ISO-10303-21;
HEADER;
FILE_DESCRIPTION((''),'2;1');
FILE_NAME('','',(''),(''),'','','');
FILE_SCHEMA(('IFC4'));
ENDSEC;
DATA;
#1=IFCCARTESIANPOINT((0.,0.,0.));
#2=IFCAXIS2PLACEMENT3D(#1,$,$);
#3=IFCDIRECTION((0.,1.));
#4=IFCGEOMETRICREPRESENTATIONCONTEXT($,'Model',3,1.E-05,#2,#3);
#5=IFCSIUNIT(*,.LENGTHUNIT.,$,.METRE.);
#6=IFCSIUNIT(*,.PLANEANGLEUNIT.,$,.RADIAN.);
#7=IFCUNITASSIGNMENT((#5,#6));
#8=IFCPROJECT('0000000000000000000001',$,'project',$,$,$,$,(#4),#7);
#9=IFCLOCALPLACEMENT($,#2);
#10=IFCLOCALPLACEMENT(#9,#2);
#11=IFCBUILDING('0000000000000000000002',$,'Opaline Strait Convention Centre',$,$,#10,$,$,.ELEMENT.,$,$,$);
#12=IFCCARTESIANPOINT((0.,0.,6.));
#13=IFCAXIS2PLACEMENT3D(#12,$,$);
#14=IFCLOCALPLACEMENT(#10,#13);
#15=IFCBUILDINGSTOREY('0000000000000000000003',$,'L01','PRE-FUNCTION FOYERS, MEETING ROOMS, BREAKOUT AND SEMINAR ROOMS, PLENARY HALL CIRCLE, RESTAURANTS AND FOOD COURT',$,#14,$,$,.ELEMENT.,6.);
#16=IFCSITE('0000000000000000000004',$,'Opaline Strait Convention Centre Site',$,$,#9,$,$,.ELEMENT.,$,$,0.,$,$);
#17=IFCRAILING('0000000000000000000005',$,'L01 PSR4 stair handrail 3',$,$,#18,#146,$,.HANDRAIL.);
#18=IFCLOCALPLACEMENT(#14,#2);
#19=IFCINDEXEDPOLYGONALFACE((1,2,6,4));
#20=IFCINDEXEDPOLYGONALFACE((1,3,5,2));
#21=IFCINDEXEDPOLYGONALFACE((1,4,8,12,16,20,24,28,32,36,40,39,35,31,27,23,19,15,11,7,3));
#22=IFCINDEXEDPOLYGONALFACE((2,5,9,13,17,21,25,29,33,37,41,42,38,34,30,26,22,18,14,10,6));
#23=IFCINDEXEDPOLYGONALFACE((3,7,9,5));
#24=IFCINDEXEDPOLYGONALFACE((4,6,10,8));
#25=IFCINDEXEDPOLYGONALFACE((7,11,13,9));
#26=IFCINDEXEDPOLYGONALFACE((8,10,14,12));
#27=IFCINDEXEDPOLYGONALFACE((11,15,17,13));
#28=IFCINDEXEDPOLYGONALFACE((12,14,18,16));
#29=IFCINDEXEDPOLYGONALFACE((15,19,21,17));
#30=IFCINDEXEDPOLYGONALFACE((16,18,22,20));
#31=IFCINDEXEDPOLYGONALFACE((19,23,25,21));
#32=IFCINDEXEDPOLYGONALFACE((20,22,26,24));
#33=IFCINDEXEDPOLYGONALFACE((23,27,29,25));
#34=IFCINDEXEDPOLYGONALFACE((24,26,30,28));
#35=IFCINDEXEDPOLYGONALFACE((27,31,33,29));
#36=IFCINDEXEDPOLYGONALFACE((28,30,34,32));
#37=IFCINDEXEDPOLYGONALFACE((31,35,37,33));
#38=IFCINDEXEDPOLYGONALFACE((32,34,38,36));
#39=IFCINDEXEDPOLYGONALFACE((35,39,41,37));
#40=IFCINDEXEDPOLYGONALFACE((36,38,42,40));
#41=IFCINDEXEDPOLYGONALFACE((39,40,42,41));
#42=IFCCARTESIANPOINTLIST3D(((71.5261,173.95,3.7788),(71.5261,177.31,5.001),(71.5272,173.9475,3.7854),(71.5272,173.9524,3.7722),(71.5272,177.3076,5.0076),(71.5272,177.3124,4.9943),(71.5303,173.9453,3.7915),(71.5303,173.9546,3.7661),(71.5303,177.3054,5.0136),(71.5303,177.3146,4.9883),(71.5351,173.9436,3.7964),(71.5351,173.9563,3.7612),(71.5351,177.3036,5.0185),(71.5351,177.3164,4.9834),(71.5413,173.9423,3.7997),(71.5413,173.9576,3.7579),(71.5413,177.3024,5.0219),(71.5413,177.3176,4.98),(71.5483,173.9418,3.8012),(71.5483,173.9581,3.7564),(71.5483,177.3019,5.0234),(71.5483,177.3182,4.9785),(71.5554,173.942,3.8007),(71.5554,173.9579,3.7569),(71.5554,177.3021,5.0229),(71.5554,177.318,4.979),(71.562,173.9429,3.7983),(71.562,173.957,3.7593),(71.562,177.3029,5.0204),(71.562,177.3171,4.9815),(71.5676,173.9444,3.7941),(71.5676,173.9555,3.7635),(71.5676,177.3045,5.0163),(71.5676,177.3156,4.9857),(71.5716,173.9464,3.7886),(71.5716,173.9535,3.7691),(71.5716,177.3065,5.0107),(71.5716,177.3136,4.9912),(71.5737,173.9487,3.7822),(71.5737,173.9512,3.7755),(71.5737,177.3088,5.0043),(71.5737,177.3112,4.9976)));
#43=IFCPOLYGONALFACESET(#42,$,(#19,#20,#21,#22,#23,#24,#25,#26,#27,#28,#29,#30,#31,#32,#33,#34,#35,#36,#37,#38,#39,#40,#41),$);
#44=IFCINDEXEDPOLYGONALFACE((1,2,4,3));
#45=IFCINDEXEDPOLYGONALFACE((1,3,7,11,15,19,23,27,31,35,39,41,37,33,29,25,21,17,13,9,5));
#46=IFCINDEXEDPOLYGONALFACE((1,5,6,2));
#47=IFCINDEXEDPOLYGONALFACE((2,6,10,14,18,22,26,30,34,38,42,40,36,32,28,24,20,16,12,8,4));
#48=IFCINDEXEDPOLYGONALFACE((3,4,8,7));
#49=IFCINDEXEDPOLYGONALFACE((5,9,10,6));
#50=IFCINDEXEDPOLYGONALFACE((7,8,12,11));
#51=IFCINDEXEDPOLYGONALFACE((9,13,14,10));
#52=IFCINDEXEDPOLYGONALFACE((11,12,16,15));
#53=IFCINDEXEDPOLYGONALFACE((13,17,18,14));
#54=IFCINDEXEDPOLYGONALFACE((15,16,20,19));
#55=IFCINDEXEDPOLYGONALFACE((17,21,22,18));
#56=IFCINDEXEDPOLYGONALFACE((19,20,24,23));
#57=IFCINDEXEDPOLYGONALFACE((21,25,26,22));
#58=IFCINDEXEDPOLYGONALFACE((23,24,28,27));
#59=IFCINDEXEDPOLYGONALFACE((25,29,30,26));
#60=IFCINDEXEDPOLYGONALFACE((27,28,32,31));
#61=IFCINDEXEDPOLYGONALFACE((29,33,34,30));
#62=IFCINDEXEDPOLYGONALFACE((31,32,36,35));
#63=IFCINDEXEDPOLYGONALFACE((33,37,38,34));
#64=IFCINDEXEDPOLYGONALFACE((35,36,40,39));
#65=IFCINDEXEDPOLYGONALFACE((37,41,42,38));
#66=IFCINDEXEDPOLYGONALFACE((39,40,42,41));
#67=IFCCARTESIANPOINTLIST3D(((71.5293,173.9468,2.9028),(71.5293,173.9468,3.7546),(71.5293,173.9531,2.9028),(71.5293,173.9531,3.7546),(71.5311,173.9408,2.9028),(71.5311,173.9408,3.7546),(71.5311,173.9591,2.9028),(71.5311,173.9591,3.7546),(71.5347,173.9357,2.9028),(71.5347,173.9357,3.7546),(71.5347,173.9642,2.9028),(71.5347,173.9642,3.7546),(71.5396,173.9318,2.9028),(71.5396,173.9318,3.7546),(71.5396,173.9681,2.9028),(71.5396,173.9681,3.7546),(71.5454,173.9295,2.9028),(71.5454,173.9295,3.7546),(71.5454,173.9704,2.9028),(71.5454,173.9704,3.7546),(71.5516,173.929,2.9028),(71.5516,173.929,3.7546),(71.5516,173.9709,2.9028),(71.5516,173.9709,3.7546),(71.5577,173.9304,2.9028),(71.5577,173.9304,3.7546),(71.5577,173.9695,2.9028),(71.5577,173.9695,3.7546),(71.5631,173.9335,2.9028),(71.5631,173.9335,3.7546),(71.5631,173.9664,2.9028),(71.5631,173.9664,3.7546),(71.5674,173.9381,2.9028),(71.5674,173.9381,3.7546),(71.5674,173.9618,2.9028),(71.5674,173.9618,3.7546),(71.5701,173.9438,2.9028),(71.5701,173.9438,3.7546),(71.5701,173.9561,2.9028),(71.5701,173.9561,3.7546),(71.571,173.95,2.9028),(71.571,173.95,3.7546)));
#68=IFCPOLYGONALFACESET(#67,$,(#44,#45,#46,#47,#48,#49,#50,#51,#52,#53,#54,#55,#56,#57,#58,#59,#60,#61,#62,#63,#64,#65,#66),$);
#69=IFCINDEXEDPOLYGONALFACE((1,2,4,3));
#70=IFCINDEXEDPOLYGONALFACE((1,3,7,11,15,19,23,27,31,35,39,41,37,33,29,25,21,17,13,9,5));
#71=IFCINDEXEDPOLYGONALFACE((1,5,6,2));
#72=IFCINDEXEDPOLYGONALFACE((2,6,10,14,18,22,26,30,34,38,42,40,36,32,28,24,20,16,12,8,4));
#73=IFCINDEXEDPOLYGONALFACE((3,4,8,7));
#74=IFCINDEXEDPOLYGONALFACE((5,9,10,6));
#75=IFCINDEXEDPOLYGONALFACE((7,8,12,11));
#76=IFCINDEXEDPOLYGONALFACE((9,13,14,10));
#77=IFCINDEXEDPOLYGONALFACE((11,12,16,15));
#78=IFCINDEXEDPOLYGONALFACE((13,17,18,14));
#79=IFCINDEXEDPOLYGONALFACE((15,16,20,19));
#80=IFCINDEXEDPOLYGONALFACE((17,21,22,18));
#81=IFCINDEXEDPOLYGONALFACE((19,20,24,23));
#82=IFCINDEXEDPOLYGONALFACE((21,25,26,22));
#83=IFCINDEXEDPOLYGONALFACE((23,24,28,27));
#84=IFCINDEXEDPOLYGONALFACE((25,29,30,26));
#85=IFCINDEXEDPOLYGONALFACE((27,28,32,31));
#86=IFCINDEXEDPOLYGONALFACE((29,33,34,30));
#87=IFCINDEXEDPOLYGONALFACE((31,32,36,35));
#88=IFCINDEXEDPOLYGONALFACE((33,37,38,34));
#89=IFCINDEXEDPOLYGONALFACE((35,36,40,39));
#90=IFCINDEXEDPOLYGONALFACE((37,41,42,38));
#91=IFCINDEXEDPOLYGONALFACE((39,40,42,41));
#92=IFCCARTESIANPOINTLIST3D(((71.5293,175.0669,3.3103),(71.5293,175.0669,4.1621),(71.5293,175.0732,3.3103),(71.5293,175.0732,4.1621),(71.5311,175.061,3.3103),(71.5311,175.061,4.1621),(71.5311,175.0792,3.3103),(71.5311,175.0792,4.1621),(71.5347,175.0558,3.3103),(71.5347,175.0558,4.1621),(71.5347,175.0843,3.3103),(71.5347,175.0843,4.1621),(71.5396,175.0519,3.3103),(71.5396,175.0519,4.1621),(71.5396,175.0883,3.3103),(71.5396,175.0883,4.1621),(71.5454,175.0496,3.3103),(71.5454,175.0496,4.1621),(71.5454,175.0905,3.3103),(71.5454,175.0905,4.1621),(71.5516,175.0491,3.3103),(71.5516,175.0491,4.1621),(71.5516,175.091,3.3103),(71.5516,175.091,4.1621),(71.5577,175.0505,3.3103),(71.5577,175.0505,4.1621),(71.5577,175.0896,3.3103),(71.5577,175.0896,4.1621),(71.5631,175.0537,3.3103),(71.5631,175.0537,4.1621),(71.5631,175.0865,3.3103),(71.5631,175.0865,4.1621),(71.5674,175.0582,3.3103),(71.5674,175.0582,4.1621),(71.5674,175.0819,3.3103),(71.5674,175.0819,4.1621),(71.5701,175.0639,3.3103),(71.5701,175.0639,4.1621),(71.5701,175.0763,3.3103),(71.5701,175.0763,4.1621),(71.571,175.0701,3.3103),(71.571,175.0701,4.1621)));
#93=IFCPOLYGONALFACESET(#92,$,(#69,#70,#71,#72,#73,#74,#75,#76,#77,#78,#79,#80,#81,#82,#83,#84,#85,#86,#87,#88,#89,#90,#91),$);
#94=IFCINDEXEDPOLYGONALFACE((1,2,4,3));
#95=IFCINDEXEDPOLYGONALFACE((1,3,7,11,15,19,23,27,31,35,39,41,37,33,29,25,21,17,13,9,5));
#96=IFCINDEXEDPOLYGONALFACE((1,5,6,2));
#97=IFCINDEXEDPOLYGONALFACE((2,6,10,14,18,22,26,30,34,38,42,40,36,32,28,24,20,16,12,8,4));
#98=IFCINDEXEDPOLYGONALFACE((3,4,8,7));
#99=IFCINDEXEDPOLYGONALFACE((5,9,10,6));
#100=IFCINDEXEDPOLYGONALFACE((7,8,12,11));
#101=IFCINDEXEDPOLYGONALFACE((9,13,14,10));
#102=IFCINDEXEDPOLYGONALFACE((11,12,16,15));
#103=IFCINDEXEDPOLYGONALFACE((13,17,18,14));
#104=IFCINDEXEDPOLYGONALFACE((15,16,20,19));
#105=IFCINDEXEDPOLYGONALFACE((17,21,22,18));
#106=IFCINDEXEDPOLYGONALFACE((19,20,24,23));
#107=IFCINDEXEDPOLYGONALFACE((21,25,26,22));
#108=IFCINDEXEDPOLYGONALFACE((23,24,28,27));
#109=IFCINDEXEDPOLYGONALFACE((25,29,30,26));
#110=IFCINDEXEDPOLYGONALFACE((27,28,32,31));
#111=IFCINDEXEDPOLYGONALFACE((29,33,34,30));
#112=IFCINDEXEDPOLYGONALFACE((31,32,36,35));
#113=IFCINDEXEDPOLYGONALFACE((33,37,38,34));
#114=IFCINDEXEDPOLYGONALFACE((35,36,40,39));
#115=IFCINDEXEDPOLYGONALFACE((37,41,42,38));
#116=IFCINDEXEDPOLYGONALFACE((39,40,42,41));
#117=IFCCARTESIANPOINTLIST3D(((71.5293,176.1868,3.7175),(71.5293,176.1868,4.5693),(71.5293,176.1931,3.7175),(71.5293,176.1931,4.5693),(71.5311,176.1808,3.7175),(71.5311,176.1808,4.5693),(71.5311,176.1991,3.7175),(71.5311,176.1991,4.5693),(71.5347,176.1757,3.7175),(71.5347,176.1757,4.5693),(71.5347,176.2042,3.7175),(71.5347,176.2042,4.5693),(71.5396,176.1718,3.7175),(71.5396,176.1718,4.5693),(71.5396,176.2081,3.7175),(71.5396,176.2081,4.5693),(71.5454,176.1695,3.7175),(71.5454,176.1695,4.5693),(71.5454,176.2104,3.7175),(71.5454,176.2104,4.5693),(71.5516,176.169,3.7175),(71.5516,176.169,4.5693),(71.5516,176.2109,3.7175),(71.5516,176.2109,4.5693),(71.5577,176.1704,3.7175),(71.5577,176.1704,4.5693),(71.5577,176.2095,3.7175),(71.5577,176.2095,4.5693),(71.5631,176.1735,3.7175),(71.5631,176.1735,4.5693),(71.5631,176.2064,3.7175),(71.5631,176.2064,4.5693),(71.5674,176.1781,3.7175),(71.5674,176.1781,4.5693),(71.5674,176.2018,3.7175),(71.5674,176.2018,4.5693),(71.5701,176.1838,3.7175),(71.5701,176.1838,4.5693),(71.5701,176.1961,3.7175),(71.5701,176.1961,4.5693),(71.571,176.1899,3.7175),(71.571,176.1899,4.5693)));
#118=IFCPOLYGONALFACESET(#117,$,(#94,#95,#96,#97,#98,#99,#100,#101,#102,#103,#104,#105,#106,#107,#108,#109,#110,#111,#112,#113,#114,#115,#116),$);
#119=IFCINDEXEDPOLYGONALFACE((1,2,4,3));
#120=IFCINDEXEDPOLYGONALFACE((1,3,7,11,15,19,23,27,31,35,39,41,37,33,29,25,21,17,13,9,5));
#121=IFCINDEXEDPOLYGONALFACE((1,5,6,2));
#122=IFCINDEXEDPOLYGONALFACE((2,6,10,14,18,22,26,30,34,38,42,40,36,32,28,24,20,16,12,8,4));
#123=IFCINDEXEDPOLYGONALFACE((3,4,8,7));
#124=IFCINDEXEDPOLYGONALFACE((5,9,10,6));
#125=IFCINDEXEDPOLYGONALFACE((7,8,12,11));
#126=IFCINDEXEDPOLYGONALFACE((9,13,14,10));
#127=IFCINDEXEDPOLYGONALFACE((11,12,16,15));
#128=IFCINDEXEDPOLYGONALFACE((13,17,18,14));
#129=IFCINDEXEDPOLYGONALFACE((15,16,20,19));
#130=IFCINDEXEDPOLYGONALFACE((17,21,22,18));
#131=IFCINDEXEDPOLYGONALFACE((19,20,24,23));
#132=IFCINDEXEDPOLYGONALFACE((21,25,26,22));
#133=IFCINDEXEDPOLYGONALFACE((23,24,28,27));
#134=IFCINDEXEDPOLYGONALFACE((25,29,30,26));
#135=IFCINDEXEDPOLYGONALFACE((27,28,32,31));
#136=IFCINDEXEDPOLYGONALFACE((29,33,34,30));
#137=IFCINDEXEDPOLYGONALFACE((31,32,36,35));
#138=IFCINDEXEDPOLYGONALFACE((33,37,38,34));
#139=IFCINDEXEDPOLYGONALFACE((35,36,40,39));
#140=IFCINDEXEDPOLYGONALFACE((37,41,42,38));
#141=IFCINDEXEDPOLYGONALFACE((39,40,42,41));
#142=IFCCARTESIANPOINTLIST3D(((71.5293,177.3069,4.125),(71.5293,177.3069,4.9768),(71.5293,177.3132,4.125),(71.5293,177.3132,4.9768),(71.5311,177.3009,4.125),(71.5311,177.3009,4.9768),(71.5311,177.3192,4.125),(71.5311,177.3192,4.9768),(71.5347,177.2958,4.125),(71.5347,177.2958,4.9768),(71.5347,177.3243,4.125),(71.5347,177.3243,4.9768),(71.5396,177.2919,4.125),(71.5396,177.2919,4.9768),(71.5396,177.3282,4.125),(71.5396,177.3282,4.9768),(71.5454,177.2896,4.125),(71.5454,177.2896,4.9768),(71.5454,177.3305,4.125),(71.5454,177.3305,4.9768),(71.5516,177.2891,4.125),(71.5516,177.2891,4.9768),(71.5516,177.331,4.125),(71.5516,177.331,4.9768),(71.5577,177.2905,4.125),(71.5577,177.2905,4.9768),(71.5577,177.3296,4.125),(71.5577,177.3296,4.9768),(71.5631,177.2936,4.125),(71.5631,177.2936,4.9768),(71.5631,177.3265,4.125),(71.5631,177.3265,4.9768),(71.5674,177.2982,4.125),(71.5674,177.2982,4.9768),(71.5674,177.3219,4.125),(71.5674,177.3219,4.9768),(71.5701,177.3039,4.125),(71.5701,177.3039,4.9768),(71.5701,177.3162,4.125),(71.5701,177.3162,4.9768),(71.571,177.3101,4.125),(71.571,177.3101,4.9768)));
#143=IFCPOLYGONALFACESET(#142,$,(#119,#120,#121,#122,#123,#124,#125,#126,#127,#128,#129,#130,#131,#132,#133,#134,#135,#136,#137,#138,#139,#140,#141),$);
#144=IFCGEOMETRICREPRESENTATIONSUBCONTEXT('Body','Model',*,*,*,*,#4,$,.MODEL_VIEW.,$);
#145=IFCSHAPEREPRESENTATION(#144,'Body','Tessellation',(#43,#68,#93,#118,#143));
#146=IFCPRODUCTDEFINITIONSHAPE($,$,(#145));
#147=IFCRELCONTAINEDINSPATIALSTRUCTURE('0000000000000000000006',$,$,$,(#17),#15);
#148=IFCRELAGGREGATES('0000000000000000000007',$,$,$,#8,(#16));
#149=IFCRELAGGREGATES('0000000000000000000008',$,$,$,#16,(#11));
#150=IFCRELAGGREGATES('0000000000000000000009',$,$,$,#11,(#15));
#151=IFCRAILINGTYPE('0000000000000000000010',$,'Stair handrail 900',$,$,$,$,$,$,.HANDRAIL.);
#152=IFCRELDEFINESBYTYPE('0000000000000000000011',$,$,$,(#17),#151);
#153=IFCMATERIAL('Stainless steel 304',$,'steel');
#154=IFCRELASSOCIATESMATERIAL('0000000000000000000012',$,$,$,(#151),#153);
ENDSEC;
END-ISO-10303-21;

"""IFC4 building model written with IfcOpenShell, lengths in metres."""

from ifc_helpers import new_model, si_unit, direction, frame, origin, origin_2d, place, context, subcontext, project, spatial, circle, extrude, material, type_object, element, save


model = new_model("IFC4")

# Units and contexts
model_context = context("Model", 3, precision=1e-05, world=origin(), true_north=direction((0.0, 1.0)))
body_context = subcontext(model_context, "Body", "Model", "MODEL_VIEW")
ifc_project = project(units=[si_unit("LENGTHUNIT", "METRE"), si_unit("PLANEANGLEUNIT", "RADIAN")], contexts=[model_context])

# Site, building, storey
site_placement = place(None, origin())
site = spatial("IfcSite", under=ifc_project, at=site_placement, Name="Opaline Strait Convention Centre Site", CompositionType="ELEMENT", RefElevation=0.0)
building_placement = place(site_placement, origin())
building = spatial("IfcBuilding", under=site, at=building_placement, Name="Opaline Strait Convention Centre", CompositionType="ELEMENT")
storey_placement = place(building_placement, frame((0.0, 0.0, 6.0)))
storey = spatial("IfcBuildingStorey", under=building, at=storey_placement, Name="L01", Description="PRE-FUNCTION FOYERS, MEETING ROOMS, BREAKOUT AND SEMINAR ROOMS, PLENARY HALL CIRCLE, RESTAURANTS AND FOOD COURT", CompositionType="ELEMENT", Elevation=6.0)

# Railing
ifc_material_1 = material(Name="Stainless steel 304", Category="steel")
railing_type_1 = type_object("IfcRailingType", Name="Stair handrail 900", PredefinedType="HANDRAIL", material=ifc_material_1)
for number, where, name in (
    (1, (71.55, 173.95, 2.9028), "L01 PSR4 stair handrail 3"),
):
    element("IfcRailing", number, at=place(storey_placement, frame(where)), inside=storey, type_object=railing_type_1, Name=name, PredefinedType="HANDRAIL", context=body_context, shape_type="SweptSolid", body=[
        extrude(circle(Radius=0.0239, at=origin_2d()), frame((0.0, 0.0, 0.876), z_axis=(0.0, 0.939766, 0.34182), x_axis=(-1.0, 0.0, 0.0)), (0.0, 0.0, 1.0), 3.5754),
        extrude(circle(Radius=0.021, at=origin_2d()), origin(), (0.0, 0.0, 1.0), 0.8518),
        extrude(circle(Radius=0.021, at=origin_2d()), frame((0.0, 1.1201, 0.4075)), (0.0, 0.0, 1.0), 0.8518),
        extrude(circle(Radius=0.021, at=origin_2d()), frame((0.0, 2.24, 0.8147)), (0.0, 0.0, 1.0), 0.8518),
        extrude(circle(Radius=0.021, at=origin_2d()), frame((0.0, 3.3601, 1.2222)), (0.0, 0.0, 1.0), 0.8518),
    ])

save(model, "model.ifc")
